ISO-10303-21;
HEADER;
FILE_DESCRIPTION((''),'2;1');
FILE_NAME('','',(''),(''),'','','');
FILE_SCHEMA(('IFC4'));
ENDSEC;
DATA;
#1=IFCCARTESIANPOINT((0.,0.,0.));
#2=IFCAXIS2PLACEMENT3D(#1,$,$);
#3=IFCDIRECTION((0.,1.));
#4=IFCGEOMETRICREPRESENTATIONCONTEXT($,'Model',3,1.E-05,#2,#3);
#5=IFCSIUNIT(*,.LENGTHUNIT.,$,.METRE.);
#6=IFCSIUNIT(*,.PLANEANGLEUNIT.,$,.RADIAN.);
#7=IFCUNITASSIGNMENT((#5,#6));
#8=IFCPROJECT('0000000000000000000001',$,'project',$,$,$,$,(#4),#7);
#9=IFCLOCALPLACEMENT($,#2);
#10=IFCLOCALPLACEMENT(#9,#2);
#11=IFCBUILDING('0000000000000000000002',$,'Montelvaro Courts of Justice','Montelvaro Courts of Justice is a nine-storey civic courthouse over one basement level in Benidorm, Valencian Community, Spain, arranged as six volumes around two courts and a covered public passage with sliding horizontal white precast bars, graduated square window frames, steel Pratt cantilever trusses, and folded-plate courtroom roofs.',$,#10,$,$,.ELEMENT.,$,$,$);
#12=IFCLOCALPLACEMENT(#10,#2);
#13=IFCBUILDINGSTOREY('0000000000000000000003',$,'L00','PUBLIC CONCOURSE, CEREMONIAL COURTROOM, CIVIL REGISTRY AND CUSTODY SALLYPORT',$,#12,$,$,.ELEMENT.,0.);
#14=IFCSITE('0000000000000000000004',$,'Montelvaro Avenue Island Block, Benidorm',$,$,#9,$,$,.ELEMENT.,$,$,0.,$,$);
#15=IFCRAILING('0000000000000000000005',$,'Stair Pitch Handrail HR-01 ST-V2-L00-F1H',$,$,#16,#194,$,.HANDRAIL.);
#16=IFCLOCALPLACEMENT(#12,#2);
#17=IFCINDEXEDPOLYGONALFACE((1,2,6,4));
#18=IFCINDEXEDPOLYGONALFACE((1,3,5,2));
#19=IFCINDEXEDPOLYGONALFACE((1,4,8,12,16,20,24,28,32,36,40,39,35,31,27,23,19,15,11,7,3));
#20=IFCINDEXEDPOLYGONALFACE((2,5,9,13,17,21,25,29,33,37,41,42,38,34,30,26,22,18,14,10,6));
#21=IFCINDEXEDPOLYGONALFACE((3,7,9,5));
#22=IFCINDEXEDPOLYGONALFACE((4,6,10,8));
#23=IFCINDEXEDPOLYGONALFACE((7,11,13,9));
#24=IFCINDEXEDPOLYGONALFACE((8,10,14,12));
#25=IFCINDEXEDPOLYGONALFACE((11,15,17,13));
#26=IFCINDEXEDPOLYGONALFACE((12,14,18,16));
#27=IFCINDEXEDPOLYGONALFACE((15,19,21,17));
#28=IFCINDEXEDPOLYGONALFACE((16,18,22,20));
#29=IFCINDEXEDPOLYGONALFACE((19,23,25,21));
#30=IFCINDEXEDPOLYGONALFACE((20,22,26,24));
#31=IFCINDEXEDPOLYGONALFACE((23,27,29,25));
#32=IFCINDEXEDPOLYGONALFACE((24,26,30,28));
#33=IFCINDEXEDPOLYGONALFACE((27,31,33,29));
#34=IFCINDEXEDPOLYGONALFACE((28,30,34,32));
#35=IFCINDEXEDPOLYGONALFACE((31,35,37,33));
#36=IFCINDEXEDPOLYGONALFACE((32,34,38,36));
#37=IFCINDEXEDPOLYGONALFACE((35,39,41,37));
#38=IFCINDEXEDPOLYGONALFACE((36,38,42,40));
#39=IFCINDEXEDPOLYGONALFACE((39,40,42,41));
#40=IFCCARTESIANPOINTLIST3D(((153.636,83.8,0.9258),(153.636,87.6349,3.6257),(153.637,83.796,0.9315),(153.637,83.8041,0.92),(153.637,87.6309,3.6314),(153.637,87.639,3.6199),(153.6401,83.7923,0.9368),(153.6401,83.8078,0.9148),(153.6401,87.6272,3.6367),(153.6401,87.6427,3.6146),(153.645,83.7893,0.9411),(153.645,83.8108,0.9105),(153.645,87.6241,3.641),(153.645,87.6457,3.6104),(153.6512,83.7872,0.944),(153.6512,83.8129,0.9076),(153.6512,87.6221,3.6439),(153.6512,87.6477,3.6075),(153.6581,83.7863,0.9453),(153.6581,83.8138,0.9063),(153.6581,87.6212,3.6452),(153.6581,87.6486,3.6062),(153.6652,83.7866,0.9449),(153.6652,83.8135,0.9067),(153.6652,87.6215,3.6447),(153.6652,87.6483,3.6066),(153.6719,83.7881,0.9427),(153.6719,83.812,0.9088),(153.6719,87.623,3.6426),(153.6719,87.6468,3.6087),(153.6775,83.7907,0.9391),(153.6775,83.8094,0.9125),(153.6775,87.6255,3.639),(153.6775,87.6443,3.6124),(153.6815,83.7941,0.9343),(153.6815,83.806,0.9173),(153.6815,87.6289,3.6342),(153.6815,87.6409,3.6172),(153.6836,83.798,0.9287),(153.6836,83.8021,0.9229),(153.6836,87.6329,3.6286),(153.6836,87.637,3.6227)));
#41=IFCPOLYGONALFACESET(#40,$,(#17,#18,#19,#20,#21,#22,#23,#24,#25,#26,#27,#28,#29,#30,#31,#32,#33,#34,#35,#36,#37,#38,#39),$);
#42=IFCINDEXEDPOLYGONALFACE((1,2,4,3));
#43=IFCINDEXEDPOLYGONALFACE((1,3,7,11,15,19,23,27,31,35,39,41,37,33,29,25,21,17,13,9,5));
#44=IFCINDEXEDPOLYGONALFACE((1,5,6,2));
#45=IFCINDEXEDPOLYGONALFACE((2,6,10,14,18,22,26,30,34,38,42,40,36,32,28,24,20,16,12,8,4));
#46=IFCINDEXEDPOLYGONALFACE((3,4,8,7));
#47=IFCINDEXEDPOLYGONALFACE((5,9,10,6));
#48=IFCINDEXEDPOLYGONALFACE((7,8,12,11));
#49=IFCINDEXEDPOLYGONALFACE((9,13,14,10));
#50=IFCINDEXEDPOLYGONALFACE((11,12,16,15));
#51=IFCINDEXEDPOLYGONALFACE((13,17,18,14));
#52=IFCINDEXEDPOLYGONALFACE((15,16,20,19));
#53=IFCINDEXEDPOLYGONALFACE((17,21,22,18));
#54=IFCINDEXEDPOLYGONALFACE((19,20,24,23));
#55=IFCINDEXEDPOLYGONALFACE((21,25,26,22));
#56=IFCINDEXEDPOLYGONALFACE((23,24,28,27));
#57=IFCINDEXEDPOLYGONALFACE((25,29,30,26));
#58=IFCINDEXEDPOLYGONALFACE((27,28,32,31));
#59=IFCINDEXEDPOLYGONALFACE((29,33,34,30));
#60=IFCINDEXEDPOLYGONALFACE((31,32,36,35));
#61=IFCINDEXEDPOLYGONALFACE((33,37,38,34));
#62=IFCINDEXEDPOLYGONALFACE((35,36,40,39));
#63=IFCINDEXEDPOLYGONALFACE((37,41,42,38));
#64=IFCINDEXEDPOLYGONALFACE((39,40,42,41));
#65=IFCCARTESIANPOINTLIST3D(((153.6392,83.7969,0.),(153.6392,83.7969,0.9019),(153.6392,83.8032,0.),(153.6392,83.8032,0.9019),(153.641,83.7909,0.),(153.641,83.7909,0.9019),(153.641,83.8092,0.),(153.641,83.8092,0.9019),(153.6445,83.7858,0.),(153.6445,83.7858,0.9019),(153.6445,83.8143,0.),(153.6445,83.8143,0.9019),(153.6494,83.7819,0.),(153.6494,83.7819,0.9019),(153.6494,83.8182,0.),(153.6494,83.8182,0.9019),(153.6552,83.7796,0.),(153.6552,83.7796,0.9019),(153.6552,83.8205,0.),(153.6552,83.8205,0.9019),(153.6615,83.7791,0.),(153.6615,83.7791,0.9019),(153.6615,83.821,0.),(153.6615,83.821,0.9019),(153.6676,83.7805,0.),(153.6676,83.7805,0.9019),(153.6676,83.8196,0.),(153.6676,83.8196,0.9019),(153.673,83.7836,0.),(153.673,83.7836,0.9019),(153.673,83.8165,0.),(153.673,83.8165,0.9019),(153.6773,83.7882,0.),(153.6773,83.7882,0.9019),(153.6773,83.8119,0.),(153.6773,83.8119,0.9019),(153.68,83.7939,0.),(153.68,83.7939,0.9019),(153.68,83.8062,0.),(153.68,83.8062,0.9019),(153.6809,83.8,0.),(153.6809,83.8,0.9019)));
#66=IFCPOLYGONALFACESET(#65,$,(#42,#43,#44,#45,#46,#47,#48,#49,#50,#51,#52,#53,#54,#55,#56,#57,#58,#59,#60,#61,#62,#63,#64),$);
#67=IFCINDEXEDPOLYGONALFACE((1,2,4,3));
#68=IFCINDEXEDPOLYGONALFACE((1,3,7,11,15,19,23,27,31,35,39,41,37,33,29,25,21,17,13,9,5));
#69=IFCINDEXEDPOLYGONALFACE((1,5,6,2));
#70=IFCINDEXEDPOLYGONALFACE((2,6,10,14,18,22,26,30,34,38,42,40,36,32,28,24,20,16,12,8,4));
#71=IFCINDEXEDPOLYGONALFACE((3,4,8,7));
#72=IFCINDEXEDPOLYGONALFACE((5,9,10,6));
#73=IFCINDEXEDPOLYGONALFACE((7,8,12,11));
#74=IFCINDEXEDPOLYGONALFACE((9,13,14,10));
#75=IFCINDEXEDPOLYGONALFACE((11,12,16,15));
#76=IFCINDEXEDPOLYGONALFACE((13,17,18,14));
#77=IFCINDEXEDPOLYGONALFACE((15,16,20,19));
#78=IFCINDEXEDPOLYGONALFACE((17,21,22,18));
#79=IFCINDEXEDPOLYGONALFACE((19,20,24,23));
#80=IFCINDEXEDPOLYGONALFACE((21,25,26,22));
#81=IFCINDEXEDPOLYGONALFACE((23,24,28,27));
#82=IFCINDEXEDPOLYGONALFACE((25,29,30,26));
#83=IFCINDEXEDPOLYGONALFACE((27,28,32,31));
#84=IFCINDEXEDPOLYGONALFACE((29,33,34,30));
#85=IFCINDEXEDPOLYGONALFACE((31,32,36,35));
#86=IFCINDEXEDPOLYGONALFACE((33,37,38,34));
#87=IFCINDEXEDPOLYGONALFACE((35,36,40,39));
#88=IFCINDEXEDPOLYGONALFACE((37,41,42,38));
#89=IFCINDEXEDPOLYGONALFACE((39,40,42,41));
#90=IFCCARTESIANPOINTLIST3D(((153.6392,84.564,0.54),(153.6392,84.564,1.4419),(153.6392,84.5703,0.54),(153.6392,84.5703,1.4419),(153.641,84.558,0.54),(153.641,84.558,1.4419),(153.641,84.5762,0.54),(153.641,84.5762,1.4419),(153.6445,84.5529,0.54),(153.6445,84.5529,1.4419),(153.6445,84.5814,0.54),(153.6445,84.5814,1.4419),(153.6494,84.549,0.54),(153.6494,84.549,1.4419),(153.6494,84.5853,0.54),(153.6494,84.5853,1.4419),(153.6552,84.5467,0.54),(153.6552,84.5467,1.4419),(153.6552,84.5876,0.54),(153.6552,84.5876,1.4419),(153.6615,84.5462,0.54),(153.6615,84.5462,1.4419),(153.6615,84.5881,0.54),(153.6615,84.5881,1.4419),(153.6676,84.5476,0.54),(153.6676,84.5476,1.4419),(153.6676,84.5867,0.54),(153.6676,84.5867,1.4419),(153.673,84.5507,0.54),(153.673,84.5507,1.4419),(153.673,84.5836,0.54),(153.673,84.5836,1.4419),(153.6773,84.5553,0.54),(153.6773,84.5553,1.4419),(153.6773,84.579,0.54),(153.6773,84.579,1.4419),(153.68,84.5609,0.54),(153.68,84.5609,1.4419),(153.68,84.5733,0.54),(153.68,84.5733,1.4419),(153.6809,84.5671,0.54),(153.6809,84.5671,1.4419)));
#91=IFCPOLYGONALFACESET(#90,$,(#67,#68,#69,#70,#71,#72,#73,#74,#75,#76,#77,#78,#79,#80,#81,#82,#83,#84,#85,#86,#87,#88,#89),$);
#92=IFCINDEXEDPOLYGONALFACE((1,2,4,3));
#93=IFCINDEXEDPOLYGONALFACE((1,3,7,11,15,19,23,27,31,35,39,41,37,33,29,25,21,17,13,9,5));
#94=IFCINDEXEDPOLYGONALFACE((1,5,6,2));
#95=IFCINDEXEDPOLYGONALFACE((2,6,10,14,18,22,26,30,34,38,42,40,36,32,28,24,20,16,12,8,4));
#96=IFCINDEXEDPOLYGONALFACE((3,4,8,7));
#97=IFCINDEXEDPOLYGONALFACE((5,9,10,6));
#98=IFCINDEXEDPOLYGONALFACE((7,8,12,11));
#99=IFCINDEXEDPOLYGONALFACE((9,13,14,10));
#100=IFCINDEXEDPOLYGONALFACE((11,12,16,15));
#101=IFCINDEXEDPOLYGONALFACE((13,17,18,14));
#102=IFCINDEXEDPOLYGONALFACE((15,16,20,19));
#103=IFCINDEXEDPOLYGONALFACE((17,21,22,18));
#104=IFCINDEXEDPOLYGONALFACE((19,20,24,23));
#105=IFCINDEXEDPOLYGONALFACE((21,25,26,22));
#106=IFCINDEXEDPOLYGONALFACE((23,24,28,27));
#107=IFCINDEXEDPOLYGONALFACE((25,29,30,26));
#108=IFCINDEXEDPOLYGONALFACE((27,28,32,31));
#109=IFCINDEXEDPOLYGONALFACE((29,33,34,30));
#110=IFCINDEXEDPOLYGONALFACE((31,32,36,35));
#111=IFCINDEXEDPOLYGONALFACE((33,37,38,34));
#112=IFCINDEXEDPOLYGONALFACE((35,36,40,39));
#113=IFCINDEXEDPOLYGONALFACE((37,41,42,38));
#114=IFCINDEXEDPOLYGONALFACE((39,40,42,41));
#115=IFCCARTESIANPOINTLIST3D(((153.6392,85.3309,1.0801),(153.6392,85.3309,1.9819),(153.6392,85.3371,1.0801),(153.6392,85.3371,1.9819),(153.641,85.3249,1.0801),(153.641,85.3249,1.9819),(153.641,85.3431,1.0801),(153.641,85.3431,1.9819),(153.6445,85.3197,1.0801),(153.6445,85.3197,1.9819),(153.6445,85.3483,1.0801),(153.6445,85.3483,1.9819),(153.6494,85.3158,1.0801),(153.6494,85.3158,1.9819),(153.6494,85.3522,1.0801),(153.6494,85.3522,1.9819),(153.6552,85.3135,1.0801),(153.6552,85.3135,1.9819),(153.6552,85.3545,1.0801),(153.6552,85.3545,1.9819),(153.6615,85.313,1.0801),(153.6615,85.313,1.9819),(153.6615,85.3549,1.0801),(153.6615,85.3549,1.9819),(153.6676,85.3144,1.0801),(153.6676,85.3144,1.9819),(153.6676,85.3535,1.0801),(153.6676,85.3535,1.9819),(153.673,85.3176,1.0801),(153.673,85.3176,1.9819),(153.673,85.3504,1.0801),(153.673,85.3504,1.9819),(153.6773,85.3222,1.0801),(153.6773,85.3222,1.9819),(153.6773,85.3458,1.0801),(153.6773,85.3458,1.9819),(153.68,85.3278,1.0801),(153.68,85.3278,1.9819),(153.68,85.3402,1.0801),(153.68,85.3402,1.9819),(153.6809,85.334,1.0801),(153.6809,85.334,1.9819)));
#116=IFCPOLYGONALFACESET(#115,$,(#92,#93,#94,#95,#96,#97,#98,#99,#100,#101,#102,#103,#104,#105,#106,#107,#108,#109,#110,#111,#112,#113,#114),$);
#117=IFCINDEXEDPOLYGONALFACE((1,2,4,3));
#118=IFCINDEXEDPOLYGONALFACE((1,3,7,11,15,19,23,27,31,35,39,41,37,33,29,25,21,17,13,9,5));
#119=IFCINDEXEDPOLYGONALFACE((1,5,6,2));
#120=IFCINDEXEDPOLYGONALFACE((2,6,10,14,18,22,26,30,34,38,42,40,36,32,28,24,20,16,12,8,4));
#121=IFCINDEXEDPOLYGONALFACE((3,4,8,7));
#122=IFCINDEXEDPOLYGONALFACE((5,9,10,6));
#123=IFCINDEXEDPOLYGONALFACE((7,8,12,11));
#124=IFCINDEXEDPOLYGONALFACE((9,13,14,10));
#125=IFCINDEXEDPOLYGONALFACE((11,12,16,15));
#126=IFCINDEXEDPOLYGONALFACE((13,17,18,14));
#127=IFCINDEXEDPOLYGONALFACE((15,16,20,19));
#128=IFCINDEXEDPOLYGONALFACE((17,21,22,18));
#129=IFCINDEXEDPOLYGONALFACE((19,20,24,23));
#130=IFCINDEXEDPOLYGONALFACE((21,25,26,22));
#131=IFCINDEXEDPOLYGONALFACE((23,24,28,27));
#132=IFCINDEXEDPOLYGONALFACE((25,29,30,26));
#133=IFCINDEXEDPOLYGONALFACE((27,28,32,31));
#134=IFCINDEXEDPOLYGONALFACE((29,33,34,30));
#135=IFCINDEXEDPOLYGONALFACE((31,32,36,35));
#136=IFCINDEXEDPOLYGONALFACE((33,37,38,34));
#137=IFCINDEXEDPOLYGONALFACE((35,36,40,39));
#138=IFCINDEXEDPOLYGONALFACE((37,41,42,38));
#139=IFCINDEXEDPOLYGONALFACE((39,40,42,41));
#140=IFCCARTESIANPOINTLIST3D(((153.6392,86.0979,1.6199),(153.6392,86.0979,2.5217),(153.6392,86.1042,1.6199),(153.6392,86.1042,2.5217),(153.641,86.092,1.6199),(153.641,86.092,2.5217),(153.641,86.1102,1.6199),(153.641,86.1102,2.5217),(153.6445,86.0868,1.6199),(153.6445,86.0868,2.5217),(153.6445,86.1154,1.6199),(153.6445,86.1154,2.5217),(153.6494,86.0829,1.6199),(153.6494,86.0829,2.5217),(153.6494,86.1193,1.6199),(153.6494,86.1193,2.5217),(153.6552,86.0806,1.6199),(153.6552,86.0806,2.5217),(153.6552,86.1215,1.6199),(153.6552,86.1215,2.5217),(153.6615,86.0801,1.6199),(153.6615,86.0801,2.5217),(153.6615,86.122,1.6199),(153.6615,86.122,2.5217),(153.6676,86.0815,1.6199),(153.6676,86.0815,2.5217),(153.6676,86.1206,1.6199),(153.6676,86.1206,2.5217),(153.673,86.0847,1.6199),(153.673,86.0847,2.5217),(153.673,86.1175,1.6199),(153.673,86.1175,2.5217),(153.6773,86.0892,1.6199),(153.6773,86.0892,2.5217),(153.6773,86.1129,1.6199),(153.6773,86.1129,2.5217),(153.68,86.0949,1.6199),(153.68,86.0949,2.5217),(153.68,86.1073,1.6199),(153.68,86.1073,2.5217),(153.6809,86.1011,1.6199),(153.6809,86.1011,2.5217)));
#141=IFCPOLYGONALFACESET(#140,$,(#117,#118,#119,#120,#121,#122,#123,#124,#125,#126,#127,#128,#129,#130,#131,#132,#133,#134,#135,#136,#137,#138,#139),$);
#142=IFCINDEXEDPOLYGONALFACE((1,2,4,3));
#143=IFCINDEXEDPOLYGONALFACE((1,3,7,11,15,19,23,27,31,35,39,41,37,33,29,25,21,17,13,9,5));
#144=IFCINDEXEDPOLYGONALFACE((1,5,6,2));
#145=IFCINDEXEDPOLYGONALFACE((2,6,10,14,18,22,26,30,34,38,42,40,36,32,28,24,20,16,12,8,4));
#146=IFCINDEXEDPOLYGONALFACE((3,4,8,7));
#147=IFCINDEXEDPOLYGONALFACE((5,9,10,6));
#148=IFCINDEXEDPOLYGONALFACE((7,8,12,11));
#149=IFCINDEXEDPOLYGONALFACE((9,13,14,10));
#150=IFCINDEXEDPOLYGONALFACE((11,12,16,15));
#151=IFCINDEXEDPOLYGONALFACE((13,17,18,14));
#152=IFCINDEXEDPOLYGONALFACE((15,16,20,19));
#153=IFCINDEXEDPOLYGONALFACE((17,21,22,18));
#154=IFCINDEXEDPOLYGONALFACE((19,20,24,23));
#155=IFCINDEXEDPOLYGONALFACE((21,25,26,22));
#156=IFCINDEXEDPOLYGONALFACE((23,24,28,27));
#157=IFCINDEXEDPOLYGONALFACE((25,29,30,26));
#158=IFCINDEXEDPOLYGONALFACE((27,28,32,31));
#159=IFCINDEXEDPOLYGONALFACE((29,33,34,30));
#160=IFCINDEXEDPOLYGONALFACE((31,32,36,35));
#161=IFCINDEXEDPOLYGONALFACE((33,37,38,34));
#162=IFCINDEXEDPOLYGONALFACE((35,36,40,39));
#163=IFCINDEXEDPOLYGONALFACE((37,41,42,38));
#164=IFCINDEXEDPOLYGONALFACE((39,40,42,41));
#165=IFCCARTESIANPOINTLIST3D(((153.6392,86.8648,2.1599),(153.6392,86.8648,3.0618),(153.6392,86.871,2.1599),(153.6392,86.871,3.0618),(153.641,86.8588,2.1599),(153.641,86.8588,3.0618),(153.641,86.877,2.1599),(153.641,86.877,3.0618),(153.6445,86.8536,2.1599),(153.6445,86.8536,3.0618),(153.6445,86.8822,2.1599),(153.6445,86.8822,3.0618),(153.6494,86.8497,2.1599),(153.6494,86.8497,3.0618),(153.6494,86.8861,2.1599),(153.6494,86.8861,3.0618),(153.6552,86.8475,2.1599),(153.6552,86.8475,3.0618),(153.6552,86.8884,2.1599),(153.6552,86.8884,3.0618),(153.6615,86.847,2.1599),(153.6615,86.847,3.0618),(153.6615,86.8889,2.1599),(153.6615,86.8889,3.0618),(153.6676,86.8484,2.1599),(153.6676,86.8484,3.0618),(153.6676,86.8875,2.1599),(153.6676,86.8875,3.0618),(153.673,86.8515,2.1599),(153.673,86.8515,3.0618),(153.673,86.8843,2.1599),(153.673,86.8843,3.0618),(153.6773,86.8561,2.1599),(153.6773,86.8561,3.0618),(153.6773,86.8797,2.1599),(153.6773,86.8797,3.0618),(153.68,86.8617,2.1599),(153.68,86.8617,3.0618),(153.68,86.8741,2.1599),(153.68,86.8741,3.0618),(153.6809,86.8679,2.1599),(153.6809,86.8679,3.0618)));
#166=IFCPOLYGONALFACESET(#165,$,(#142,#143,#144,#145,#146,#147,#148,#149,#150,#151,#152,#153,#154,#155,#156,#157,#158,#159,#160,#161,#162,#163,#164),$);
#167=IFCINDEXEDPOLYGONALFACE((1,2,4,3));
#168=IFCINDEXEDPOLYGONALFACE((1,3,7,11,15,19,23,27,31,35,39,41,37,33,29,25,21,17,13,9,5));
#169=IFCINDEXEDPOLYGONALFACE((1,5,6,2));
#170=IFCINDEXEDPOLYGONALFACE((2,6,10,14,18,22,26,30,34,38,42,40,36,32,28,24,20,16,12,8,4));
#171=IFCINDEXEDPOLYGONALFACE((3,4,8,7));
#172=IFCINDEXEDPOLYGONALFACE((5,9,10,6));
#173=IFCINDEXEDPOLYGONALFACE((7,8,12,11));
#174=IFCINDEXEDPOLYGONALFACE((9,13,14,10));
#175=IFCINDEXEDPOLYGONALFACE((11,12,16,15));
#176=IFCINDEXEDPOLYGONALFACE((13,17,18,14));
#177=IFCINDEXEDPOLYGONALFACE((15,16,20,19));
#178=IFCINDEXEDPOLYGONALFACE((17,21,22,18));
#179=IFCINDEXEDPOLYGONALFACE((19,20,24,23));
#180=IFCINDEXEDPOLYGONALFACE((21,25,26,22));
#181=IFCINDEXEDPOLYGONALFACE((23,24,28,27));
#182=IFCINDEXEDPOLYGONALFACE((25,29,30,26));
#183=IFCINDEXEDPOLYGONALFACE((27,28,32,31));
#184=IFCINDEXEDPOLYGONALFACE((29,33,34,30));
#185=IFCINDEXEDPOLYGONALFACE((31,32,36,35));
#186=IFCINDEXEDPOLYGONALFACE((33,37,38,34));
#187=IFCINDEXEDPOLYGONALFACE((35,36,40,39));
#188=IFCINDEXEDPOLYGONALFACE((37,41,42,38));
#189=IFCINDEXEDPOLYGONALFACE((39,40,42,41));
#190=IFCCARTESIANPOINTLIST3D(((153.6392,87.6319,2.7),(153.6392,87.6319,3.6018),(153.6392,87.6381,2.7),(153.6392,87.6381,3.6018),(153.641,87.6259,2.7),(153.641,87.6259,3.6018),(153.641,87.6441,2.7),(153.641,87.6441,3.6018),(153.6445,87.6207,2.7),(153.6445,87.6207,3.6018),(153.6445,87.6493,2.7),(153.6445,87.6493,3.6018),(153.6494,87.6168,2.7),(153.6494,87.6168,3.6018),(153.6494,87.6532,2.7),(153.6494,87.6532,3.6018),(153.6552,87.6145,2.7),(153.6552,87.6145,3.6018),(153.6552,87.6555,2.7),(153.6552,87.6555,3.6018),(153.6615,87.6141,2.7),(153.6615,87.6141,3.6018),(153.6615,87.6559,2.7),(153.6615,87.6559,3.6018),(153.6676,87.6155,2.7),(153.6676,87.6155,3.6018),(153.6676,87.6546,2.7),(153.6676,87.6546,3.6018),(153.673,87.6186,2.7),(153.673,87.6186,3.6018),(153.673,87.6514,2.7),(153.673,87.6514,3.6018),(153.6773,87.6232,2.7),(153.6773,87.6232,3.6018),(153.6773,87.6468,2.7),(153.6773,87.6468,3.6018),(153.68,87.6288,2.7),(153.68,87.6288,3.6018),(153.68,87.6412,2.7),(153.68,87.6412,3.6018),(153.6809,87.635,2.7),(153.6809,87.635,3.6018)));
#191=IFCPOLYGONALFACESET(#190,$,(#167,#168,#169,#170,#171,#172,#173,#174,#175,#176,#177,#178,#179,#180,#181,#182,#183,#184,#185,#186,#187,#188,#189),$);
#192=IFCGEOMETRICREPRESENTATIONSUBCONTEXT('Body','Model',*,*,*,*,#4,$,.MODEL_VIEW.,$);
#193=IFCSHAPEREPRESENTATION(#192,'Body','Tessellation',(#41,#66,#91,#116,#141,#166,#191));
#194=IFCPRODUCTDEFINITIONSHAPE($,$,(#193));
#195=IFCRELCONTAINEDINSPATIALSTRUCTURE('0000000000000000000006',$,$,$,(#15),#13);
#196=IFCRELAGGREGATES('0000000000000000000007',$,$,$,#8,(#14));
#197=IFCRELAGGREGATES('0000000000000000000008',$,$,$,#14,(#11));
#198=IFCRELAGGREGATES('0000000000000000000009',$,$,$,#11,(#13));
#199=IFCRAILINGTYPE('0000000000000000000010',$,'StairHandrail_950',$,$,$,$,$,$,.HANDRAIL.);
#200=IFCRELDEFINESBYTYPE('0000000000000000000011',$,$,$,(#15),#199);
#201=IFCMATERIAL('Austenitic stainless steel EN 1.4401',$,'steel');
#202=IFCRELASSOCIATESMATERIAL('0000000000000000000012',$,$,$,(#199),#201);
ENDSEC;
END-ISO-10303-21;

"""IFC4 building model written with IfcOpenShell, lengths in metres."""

from ifc_helpers import new_model, si_unit, direction, frame, origin, origin_2d, place, context, subcontext, project, spatial, circle, extrude, material, type_object, element, save


model = new_model("IFC4")

# Units and contexts
model_context = context("Model", 3, precision=1e-05, world=origin(), true_north=direction((0.0, 1.0)))
body_context = subcontext(model_context, "Body", "Model", "MODEL_VIEW")
ifc_project = project(units=[si_unit("LENGTHUNIT", "METRE"), si_unit("PLANEANGLEUNIT", "RADIAN")], contexts=[model_context])

# Site, building, storey
site_placement = place(None, origin())
site = spatial("IfcSite", under=ifc_project, at=site_placement, Name="Montelvaro Avenue Island Block, Benidorm", CompositionType="ELEMENT", RefElevation=0.0)
building_placement = place(site_placement, origin())
building = spatial("IfcBuilding", under=site, at=building_placement, Name="Montelvaro Courts of Justice", Description="Montelvaro Courts of Justice is a nine-storey civic courthouse over one basement level in Benidorm, Valencian Community, Spain, arranged as six volumes around two courts and a covered public passage with sliding horizontal white precast bars, graduated square window frames, steel Pratt cantilever trusses, and folded-plate courtroom roofs.", CompositionType="ELEMENT")
storey_placement = place(building_placement, origin())
storey = spatial("IfcBuildingStorey", under=building, at=storey_placement, Name="L00", Description="PUBLIC CONCOURSE, CEREMONIAL COURTROOM, CIVIL REGISTRY AND CUSTODY SALLYPORT", CompositionType="ELEMENT", Elevation=0.0)

# Railing
ifc_material_1 = material(Name="Austenitic stainless steel EN 1.4401", Category="steel")
railing_type_1 = type_object("IfcRailingType", Name="StairHandrail_950", PredefinedType="HANDRAIL", material=ifc_material_1)
railing_1_placement = place(storey_placement, frame((153.6599, 83.8, 0.0)))
element("IfcRailing", 1, at=railing_1_placement, inside=storey, type_object=railing_type_1, Name="Stair Pitch Handrail HR-01 ST-V2-L00-F1H", PredefinedType="HANDRAIL", context=body_context, shape_type="SweptSolid", body=[
    extrude(circle(Radius=0.0239, at=origin_2d()), frame((0.0, 0.0, 0.9258), z_axis=(0.0, 0.817678, 0.575675), x_axis=(-1.0, 0.0, 0.0)), (0.0, 0.0, 1.0), 4.6899),
    extrude(circle(Radius=0.021, at=origin_2d()), origin(), (0.0, 0.0, 1.0), 0.9019),
    extrude(circle(Radius=0.021, at=origin_2d()), frame((0.0, 0.7671, 0.54)), (0.0, 0.0, 1.0), 0.9019),
    extrude(circle(Radius=0.021, at=origin_2d()), frame((0.0, 1.5339, 1.0801)), (0.0, 0.0, 1.0), 0.9019),
    extrude(circle(Radius=0.021, at=origin_2d()), frame((0.0, 2.301, 1.6199)), (0.0, 0.0, 1.0), 0.9019),
    extrude(circle(Radius=0.021, at=origin_2d()), frame((0.0, 3.0679, 2.1599)), (0.0, 0.0, 1.0), 0.9019),
    extrude(circle(Radius=0.021, at=origin_2d()), frame((0.0, 3.835, 2.7)), (0.0, 0.0, 1.0), 0.9019),
])

save(model, "model.ifc")
